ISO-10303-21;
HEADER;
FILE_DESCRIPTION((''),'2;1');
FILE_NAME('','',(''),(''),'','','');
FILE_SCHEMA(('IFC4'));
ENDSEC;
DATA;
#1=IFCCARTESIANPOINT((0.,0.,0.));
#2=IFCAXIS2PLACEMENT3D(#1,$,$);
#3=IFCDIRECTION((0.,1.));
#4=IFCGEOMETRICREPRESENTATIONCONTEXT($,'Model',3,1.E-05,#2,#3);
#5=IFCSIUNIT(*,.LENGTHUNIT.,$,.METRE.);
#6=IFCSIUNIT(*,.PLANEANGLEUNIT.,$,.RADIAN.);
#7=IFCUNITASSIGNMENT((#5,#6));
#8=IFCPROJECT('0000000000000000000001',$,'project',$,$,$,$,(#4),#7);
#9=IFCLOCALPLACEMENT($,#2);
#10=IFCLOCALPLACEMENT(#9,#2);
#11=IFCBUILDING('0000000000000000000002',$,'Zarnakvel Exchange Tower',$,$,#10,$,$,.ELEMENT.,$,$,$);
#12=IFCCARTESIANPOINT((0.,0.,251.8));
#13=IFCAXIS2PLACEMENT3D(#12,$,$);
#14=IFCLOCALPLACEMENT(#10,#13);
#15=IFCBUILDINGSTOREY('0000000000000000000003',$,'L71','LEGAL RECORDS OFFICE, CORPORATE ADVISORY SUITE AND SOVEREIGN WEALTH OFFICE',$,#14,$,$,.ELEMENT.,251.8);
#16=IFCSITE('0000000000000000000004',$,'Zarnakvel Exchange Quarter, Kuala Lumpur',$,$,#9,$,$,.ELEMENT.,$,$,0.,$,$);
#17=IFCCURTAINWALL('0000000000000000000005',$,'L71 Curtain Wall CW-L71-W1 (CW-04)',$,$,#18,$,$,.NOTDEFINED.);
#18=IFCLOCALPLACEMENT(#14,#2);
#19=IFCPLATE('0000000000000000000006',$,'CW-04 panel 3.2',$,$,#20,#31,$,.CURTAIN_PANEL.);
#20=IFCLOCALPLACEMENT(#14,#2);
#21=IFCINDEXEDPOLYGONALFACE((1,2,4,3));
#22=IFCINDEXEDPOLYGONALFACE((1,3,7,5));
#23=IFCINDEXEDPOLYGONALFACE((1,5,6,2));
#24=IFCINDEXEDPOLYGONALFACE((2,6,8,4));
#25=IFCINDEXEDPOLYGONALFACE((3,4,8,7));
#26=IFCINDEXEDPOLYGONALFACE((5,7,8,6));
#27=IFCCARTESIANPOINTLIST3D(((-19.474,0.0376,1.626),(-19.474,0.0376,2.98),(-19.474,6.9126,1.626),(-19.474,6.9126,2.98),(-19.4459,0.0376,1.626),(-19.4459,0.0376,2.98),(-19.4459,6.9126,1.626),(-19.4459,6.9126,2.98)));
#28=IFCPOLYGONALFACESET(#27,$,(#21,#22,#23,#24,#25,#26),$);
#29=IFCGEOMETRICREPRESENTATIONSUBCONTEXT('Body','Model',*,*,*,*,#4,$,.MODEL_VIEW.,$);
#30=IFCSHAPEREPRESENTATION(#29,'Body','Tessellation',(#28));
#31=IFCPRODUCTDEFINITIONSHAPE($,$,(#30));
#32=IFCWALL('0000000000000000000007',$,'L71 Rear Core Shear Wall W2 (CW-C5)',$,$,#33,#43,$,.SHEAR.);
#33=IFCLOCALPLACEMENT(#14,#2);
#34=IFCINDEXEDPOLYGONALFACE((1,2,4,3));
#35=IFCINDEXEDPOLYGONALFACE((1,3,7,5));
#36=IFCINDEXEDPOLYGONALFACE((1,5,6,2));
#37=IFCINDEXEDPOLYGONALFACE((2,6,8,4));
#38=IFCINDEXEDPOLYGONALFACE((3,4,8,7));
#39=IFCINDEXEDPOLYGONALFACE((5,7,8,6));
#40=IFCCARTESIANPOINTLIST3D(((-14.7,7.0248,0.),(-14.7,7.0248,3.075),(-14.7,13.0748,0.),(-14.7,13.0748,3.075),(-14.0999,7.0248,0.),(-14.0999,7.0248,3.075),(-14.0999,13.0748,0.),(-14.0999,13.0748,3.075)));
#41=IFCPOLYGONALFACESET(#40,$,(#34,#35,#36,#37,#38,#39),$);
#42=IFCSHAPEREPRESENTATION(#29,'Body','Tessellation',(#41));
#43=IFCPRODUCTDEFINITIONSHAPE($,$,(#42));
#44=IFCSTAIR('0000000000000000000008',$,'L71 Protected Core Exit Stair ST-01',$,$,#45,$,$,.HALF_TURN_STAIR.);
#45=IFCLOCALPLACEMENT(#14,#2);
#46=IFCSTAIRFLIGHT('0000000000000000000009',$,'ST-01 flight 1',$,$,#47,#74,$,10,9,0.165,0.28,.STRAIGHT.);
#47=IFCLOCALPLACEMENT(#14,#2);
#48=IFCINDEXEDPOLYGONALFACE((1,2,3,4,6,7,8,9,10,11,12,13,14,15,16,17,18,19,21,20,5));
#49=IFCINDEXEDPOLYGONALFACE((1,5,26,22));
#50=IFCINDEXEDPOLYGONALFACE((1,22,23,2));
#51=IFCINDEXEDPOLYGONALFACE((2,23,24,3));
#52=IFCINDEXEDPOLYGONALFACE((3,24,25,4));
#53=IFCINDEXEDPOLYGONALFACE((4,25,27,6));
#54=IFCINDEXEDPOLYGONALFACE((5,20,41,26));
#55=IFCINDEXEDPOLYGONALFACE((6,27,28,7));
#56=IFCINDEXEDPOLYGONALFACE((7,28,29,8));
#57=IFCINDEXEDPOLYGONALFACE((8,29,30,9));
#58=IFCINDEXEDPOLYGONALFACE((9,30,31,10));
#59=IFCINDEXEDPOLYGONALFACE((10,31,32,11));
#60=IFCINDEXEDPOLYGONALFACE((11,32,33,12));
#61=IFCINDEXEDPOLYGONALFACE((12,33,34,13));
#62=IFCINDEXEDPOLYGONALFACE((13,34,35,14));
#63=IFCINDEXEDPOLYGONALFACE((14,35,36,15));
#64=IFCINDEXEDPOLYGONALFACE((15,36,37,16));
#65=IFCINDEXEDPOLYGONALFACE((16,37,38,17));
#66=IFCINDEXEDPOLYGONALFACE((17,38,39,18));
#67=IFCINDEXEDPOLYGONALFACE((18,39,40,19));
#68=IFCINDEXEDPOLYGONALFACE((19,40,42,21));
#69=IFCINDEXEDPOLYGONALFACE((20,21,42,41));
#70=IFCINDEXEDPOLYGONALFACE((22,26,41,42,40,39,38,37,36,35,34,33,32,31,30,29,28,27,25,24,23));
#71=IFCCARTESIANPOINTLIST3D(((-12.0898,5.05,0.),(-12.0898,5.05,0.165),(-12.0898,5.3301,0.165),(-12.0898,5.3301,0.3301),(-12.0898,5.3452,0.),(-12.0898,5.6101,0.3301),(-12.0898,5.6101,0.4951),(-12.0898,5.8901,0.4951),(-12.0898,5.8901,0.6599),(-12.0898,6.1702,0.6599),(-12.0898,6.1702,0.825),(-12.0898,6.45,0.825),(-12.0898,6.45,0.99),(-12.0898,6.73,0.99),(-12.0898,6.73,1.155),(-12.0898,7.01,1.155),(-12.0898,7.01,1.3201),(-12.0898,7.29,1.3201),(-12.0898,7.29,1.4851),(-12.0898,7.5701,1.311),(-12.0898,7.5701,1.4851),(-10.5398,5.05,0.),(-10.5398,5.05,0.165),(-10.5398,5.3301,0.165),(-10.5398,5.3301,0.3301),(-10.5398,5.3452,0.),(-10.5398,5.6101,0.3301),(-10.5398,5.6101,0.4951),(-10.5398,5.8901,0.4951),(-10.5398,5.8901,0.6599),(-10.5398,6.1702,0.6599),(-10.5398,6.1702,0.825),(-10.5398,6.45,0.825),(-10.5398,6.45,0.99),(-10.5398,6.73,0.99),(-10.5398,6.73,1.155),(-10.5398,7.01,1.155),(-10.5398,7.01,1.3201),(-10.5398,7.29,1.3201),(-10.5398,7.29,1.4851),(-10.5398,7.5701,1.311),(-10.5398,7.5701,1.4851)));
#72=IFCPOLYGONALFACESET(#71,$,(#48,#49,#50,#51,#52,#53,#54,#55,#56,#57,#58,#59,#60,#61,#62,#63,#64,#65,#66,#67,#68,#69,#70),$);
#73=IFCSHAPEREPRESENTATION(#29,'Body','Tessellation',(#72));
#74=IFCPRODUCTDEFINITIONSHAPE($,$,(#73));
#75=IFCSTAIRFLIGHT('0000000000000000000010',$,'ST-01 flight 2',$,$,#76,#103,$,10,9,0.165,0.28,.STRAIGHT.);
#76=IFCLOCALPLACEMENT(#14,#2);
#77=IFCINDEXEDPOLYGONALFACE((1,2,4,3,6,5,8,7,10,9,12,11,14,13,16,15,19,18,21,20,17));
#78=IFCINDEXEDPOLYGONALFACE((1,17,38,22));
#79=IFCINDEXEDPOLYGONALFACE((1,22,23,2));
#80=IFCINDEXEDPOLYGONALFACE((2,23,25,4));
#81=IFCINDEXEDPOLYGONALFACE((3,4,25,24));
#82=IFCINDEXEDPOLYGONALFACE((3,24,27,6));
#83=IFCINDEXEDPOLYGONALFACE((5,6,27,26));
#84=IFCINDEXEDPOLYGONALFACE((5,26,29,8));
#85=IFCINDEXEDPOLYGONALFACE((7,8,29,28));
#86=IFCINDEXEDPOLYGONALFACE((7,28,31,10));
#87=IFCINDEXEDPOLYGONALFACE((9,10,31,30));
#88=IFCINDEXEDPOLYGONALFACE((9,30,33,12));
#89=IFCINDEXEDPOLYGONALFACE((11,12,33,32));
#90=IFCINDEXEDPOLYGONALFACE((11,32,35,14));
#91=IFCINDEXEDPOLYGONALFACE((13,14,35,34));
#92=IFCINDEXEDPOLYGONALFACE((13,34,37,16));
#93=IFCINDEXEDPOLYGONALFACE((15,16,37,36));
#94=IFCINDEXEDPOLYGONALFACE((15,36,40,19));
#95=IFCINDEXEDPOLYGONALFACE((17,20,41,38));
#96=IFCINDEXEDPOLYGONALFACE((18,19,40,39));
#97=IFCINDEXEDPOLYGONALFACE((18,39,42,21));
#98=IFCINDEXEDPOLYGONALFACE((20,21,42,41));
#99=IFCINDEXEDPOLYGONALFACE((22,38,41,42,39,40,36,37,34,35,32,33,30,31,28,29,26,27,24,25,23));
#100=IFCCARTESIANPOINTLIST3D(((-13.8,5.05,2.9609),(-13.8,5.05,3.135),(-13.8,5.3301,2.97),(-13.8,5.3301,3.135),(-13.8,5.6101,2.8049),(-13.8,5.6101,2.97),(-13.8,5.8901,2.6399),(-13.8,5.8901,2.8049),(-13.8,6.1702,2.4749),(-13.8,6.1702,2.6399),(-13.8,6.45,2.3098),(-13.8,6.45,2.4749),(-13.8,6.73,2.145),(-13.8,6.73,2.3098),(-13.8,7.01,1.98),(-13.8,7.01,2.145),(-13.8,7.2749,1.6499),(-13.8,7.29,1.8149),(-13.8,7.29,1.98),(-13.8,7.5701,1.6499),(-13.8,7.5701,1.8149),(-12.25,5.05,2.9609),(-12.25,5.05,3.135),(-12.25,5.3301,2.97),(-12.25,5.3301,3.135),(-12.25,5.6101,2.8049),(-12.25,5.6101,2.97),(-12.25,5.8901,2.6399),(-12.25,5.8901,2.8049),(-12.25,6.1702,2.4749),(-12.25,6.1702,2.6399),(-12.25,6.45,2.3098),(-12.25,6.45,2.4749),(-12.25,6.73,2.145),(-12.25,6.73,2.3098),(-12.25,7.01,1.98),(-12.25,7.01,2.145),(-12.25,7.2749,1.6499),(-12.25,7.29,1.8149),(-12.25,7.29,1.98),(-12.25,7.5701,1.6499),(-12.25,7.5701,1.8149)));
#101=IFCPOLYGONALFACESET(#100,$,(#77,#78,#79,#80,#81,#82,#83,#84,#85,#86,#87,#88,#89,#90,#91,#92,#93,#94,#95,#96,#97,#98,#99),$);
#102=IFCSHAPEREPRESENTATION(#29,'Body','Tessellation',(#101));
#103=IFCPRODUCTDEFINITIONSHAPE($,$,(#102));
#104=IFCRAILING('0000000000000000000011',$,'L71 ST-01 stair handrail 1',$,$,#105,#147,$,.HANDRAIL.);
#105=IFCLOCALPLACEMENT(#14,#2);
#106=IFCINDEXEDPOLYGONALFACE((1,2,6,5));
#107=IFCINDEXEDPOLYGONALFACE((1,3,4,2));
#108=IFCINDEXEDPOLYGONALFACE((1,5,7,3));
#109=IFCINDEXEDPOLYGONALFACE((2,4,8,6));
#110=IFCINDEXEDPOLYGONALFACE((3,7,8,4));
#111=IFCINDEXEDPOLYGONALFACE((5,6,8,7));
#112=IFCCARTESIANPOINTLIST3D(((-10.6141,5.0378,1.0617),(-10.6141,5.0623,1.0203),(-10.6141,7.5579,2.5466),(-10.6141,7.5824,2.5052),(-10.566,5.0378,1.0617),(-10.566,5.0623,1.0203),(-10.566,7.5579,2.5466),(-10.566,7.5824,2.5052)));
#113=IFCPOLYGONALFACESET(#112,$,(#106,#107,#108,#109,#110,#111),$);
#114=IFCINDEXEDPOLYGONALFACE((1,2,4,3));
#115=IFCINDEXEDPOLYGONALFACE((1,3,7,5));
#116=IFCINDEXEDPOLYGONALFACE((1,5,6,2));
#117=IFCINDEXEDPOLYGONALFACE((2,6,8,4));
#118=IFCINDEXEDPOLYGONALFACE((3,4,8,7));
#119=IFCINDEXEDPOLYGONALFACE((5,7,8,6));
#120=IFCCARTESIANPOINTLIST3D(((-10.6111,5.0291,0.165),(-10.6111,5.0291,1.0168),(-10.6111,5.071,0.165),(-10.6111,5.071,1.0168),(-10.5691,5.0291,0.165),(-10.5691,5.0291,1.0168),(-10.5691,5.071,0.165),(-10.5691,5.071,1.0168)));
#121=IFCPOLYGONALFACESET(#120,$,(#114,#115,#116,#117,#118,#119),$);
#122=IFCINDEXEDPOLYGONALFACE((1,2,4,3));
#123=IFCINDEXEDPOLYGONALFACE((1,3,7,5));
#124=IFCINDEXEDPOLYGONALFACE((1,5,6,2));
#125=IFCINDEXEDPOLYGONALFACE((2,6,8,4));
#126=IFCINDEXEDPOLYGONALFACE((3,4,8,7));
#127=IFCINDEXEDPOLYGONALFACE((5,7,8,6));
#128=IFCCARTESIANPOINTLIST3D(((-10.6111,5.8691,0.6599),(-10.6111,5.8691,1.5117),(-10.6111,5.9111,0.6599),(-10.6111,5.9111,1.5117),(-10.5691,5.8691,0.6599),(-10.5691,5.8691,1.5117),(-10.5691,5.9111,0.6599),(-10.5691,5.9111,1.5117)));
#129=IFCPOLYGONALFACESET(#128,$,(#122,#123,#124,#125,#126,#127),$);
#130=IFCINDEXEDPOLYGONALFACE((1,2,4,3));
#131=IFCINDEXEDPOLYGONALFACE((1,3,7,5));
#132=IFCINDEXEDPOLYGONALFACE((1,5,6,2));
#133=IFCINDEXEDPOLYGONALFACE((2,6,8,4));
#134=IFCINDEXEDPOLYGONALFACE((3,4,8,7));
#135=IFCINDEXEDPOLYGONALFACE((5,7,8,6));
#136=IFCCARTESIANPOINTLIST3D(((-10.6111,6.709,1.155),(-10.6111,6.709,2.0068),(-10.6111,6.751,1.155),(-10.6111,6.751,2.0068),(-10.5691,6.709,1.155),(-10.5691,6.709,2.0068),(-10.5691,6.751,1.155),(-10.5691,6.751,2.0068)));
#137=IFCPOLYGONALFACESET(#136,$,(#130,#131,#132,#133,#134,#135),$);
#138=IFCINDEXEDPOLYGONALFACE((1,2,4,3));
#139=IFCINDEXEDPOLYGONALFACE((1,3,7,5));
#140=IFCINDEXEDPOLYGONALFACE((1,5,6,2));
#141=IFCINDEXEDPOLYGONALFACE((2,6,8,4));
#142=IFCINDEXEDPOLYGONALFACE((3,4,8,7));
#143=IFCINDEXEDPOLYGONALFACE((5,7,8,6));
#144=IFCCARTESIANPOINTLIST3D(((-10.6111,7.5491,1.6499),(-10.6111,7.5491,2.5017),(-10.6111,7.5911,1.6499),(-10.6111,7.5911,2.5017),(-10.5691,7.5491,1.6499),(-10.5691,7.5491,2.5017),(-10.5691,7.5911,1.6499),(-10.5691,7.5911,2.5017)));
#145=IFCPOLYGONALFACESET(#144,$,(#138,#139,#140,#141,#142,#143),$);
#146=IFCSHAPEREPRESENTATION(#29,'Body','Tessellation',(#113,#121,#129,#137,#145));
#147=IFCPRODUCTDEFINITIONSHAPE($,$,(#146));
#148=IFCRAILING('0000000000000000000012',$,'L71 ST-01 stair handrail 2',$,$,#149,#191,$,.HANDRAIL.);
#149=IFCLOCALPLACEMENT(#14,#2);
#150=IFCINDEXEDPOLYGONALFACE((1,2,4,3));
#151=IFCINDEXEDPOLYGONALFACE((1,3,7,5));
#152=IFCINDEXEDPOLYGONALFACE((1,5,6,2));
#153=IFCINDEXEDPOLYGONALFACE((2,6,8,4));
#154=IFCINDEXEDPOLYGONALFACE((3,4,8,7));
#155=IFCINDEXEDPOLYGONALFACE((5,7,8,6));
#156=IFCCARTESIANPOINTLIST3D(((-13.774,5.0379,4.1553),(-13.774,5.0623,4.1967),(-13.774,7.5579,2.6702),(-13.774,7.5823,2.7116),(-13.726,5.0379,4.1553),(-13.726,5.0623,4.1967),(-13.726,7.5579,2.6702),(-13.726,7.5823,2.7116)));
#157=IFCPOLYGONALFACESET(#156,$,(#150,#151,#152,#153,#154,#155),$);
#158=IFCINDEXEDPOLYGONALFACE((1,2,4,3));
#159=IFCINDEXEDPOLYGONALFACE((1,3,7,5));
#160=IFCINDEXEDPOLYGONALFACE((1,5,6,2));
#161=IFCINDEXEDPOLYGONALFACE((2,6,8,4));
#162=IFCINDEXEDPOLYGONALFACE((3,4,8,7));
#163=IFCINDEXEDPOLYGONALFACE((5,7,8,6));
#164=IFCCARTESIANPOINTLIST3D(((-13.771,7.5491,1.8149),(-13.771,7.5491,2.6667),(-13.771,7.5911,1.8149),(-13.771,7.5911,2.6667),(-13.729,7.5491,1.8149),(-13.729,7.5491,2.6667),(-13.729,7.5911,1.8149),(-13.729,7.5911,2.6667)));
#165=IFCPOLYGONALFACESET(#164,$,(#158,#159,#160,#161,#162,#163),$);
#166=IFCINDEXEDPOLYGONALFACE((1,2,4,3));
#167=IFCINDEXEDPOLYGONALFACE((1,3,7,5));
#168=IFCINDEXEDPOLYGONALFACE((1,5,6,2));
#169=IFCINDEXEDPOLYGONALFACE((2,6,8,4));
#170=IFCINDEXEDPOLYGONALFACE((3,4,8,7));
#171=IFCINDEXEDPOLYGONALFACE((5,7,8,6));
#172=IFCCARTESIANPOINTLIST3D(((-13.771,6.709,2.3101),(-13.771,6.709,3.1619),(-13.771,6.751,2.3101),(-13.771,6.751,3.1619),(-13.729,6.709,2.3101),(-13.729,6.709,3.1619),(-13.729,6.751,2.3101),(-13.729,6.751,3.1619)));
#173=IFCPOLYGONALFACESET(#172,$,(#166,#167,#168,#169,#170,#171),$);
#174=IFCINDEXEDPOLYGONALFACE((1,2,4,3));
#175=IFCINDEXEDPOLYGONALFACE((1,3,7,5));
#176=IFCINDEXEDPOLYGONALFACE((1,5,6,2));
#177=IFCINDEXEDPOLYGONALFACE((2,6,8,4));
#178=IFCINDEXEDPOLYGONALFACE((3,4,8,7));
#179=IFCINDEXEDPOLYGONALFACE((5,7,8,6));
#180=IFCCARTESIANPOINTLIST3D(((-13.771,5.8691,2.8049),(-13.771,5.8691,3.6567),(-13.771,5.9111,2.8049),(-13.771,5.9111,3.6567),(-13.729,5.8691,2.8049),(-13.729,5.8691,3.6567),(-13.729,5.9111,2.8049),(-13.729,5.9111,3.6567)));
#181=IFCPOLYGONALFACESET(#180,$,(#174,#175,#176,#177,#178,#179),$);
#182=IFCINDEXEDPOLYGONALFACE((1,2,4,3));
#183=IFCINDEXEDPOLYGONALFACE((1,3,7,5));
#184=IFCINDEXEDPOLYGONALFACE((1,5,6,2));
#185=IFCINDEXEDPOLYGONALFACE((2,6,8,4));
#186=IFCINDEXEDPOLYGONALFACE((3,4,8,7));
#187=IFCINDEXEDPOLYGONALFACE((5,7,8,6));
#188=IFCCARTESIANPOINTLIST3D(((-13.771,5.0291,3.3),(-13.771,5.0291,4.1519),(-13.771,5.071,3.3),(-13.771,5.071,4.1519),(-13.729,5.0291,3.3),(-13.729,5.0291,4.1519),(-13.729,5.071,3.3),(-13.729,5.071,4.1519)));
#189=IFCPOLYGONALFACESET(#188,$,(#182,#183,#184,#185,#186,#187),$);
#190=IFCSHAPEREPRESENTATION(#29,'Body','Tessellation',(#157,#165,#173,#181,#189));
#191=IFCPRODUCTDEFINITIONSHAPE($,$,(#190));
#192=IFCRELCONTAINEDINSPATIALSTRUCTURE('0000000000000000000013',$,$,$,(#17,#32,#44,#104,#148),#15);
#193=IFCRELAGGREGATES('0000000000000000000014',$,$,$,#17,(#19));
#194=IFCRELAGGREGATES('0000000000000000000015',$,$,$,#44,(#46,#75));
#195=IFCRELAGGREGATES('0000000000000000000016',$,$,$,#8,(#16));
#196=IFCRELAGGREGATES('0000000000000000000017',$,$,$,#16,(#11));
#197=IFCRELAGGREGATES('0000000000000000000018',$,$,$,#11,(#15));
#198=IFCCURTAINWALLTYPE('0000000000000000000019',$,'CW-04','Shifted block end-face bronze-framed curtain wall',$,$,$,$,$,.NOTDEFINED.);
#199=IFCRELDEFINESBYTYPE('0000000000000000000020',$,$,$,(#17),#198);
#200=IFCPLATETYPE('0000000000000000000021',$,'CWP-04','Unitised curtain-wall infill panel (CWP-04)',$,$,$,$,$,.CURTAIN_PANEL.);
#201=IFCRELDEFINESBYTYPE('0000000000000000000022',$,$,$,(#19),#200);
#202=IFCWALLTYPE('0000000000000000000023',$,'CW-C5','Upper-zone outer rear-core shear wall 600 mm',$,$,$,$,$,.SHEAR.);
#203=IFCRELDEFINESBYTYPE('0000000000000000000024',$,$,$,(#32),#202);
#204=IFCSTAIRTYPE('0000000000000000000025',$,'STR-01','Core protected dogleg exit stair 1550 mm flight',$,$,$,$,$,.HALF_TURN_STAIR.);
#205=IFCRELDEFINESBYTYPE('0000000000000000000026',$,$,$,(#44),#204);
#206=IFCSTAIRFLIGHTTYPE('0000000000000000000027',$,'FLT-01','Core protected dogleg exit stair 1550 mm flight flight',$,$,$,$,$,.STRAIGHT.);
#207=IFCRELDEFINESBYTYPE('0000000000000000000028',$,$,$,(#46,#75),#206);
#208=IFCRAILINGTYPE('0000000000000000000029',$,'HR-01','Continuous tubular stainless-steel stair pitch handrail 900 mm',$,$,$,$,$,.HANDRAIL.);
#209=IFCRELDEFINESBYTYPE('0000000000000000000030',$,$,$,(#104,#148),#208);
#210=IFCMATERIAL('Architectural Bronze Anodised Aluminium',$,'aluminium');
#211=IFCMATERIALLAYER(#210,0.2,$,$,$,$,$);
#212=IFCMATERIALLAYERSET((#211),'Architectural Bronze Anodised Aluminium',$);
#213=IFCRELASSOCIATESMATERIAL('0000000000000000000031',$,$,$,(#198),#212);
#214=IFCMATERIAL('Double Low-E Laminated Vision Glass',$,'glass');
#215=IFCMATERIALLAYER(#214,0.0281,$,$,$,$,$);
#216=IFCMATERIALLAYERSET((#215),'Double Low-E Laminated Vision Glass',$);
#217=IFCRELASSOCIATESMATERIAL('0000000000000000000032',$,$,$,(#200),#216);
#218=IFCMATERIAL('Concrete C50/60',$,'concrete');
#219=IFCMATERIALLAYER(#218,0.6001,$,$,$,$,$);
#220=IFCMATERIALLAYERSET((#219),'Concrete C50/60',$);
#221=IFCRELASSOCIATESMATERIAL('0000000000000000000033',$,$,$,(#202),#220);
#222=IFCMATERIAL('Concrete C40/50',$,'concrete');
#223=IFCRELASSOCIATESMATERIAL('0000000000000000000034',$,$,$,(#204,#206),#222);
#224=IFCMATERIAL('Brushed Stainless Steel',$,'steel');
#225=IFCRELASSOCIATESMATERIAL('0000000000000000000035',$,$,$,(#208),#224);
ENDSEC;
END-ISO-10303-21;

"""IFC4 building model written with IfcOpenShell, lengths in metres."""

from ifc_helpers import new_model, si_unit, direction, frame, frame_2d, origin, origin_2d, place, context, subcontext, project, spatial, polyline, rectangle, outline, extrude, source, transform, mapped, material, layer, layer_set, type_object, element, aggregate, save


model = new_model("IFC4")

# Units and contexts
model_context = context("Model", 3, precision=1e-05, world=origin(), true_north=direction((0.0, 1.0)))
body_context = subcontext(model_context, "Body", "Model", "MODEL_VIEW")
ifc_project = project(units=[si_unit("LENGTHUNIT", "METRE"), si_unit("PLANEANGLEUNIT", "RADIAN")], contexts=[model_context])

# Site, building, storey
site_placement = place(None, origin())
site = spatial("IfcSite", under=ifc_project, at=site_placement, Name="Zarnakvel Exchange Quarter, Kuala Lumpur", CompositionType="ELEMENT", RefElevation=0.0)
building_placement = place(site_placement, origin())
building = spatial("IfcBuilding", under=site, at=building_placement, Name="Zarnakvel Exchange Tower", CompositionType="ELEMENT")
storey_placement = place(building_placement, frame((0.0, 0.0, 251.8)))
storey = spatial("IfcBuildingStorey", under=building, at=storey_placement, Name="L71", Description="LEGAL RECORDS OFFICE, CORPORATE ADVISORY SUITE AND SOVEREIGN WEALTH OFFICE", CompositionType="ELEMENT", Elevation=251.8)

# Shared definitions
ifc_material_1 = material(Name="Concrete C50/60", Category="concrete")

# Curtain wall, plate
ifc_material_2 = material(Name="Architectural Bronze Anodised Aluminium", Category="aluminium")
ifc_layer_1 = layer(ifc_material_2, 0.2)
ifc_layer_set_1 = layer_set([ifc_layer_1], Name="Architectural Bronze Anodised Aluminium")
curtain_wall_type = type_object("IfcCurtainWallType", Name="CW-04", Description="Shifted block end-face bronze-framed curtain wall", PredefinedType="NOTDEFINED", material=ifc_layer_set_1)
curtain_wall_placement = place(storey_placement, origin())
curtain_wall = element("IfcCurtainWall", 1, at=curtain_wall_placement, inside=storey, type_object=curtain_wall_type, Name="L71 Curtain Wall CW-L71-W1 (CW-04)", PredefinedType="NOTDEFINED")
ifc_material_3 = material(Name="Double Low-E Laminated Vision Glass", Category="glass")
ifc_layer_2 = layer(ifc_material_3, 0.0281)
ifc_layer_set_2 = layer_set([ifc_layer_2], Name="Double Low-E Laminated Vision Glass")
plate_type = type_object("IfcPlateType", Name="CWP-04", Description="Unitised curtain-wall infill panel (CWP-04)", PredefinedType="CURTAIN_PANEL", material=ifc_layer_set_2)
shared_shape_1 = source(origin(), body_context, "Body", "SweptSolid", [
    extrude(rectangle(XDim=6.875, YDim=0.0281, at=origin_2d()), origin(), (0.0, 0.0, 1.0), 1.354),
])
plate_1_placement = place(storey_placement, frame((-19.46, 3.4751, 1.626), z_axis=(0.0, 0.0, 1.0), x_axis=(0.0, 1.0, 0.0)))
plate_1 = element("IfcPlate", 2, at=plate_1_placement, type_object=plate_type, Name="CW-04 panel 3.2", PredefinedType="CURTAIN_PANEL", context=body_context, shape_type="MappedRepresentation", body=[
    mapped(shared_shape_1, transform((0.0, 0.0, 0.0), x_axis=(1.0, 0.0, 0.0), y_axis=(0.0, 1.0, 0.0), z_axis=(0.0, 0.0, 1.0), scale=1.0)),
])
aggregate(curtain_wall, [plate_1])

# Wall
ifc_layer_3 = layer(ifc_material_1, 0.6001)
ifc_layer_set_3 = layer_set([ifc_layer_3], Name="Concrete C50/60")
wall_type_1 = type_object("IfcWallType", Name="CW-C5", Description="Upper-zone outer rear-core shear wall 600 mm", PredefinedType="SHEAR", material=ifc_layer_set_3)
wall_1_placement = place(storey_placement, frame((-14.3999, 7.0249, 0.0), z_axis=(0.0, 0.0, 1.0), x_axis=(0.0, 1.0, 0.0)))
element("IfcWall", 3, at=wall_1_placement, inside=storey, type_object=wall_type_1, Name="L71 Rear Core Shear Wall W2 (CW-C5)", PredefinedType="SHEAR", context=body_context, shape_type="SweptSolid", body=[
    extrude(rectangle(XDim=6.05, YDim=0.6001, at=frame_2d((3.0249, 0.0))), origin(), (0.0, 0.0, 1.0), 3.075),
])

# Shared definitions
ifc_material_4 = material(Name="Concrete C40/50", Category="concrete")

# Stair, stair flights
stair_type = type_object("IfcStairType", Name="STR-01", Description="Core protected dogleg exit stair 1550 mm flight", PredefinedType="HALF_TURN_STAIR", material=ifc_material_4)
stair_placement = place(storey_placement, origin())
stair = element("IfcStair", 4, at=stair_placement, inside=storey, type_object=stair_type, Name="L71 Protected Core Exit Stair ST-01", PredefinedType="HALF_TURN_STAIR")
stair_flight_type = type_object("IfcStairFlightType", Name="FLT-01", Description="Core protected dogleg exit stair 1550 mm flight flight", PredefinedType="STRAIGHT", material=ifc_material_4)
stair_flight_1_placement = place(storey_placement, frame((-11.3149, 5.05, 0.0), z_axis=(0.0, 0.0, 1.0), x_axis=(0.0, 1.0, 0.0)))
stair_flight_1 = element("IfcStairFlight", 5, at=stair_flight_1_placement, type_object=stair_flight_type, Name="ST-01 flight 1", NumberOfRisers=10, NumberOfTreads=9, PredefinedType="STRAIGHT", RiserHeight=0.165, TreadLength=0.28, context=body_context, shape_type="SweptSolid", body=[
    extrude(outline(polyline([(0.0, 0.0), (0.0, 0.165), (0.28, 0.165), (0.28, 0.3301), (0.5601, 0.3301), (0.5601, 0.4951), (0.8401, 0.4951), (0.8401, 0.6599), (1.1201, 0.6599), (1.1201, 0.825), (1.3999, 0.825), (1.3999, 0.99), (1.6799, 0.99), (1.6799, 1.155), (1.96, 1.155), (1.96, 1.3201), (2.24, 1.3201), (2.24, 1.4851), (2.52, 1.4851), (2.52, 1.6499), (2.52, 1.311), (0.2952, 0.0), (0.0, 0.0)])), frame((0.0, 0.7749, 0.0), z_axis=(0.0, -1.0, 0.0), x_axis=(1.0, 0.0, 0.0)), (0.0, 0.0, 1.0), 1.55),
])
stair_flight_2_placement = place(storey_placement, frame((-13.0249, 7.5701, 1.6499), z_axis=(0.0, 0.0, 1.0), x_axis=(0.0, -1.0, 0.0)))
stair_flight_2 = element("IfcStairFlight", 6, at=stair_flight_2_placement, type_object=stair_flight_type, Name="ST-01 flight 2", NumberOfRisers=10, NumberOfTreads=9, PredefinedType="STRAIGHT", RiserHeight=0.165, TreadLength=0.28, context=body_context, shape_type="SweptSolid", body=[
    extrude(outline(polyline([(0.0, 0.0), (0.0, 0.165), (0.28, 0.165), (0.28, 0.3301), (0.5601, 0.3301), (0.5601, 0.4951), (0.8401, 0.4951), (0.8401, 0.6599), (1.1201, 0.6599), (1.1201, 0.825), (1.3999, 0.825), (1.3999, 0.99), (1.6799, 0.99), (1.6799, 1.155), (1.96, 1.155), (1.96, 1.3201), (2.24, 1.3201), (2.24, 1.4851), (2.52, 1.4851), (2.52, 1.6499), (2.52, 1.311), (0.2952, 0.0), (0.0, 0.0)])), frame((0.0, 0.7749, 0.0), z_axis=(0.0, -1.0, 0.0), x_axis=(1.0, 0.0, 0.0)), (0.0, 0.0, 1.0), 1.55),
])
aggregate(stair, [stair_flight_1, stair_flight_2])

# Railings
ifc_material_5 = material(Name="Brushed Stainless Steel", Category="steel")
railing_type_1 = type_object("IfcRailingType", Name="HR-01", Description="Continuous tubular stainless-steel stair pitch handrail 900 mm", PredefinedType="HANDRAIL", material=ifc_material_5)
railing_1_placement = place(storey_placement, frame((-10.5901, 5.05, 0.165)))
element("IfcRailing", 7, at=railing_1_placement, inside=storey, type_object=railing_type_1, Name="L71 ST-01 stair handrail 1", PredefinedType="HANDRAIL", context=body_context, shape_type="SweptSolid", body=[
    extrude(rectangle(XDim=0.0481, YDim=0.0481, at=origin_2d()), frame((0.0, 0.0, 0.876), z_axis=(0.0, 0.861561, 0.507655), x_axis=(-1.0, 0.0, 0.0)), (0.0, 0.0, 1.0), 2.925),
    extrude(rectangle(XDim=0.042, YDim=0.042, at=origin_2d()), origin(), (0.0, 0.0, 1.0), 0.8518),
    extrude(rectangle(XDim=0.042, YDim=0.042, at=origin_2d()), frame((0.0, 0.8401, 0.4949)), (0.0, 0.0, 1.0), 0.8518),
    extrude(rectangle(XDim=0.042, YDim=0.042, at=origin_2d()), frame((0.0, 1.6799, 0.99)), (0.0, 0.0, 1.0), 0.8518),
    extrude(rectangle(XDim=0.042, YDim=0.042, at=origin_2d()), frame((0.0, 2.52, 1.4849)), (0.0, 0.0, 1.0), 0.8518),
])
railing_2_placement = place(storey_placement, frame((-13.75, 7.5701, 1.8149)))
element("IfcRailing", 8, at=railing_2_placement, inside=storey, type_object=railing_type_1, Name="L71 ST-01 stair handrail 2", PredefinedType="HANDRAIL", context=body_context, shape_type="SweptSolid", body=[
    extrude(rectangle(XDim=0.0481, YDim=0.0481, at=origin_2d()), frame((0.0, 0.0, 0.876), z_axis=(0.0, -0.861524, 0.507717), x_axis=(1.0, 0.0, 0.0)), (0.0, 0.0, 1.0), 2.925),
    extrude(rectangle(XDim=0.042, YDim=0.042, at=origin_2d()), origin(), (0.0, 0.0, 1.0), 0.8518),
    extrude(rectangle(XDim=0.042, YDim=0.042, at=origin_2d()), frame((0.0, -0.8401, 0.4951)), (0.0, 0.0, 1.0), 0.8518),
    extrude(rectangle(XDim=0.042, YDim=0.042, at=origin_2d()), frame((0.0, -1.6799, 0.99)), (0.0, 0.0, 1.0), 0.8518),
    extrude(rectangle(XDim=0.042, YDim=0.042, at=origin_2d()), frame((0.0, -2.52, 1.4851)), (0.0, 0.0, 1.0), 0.8518),
])

save(model, "model.ifc")
